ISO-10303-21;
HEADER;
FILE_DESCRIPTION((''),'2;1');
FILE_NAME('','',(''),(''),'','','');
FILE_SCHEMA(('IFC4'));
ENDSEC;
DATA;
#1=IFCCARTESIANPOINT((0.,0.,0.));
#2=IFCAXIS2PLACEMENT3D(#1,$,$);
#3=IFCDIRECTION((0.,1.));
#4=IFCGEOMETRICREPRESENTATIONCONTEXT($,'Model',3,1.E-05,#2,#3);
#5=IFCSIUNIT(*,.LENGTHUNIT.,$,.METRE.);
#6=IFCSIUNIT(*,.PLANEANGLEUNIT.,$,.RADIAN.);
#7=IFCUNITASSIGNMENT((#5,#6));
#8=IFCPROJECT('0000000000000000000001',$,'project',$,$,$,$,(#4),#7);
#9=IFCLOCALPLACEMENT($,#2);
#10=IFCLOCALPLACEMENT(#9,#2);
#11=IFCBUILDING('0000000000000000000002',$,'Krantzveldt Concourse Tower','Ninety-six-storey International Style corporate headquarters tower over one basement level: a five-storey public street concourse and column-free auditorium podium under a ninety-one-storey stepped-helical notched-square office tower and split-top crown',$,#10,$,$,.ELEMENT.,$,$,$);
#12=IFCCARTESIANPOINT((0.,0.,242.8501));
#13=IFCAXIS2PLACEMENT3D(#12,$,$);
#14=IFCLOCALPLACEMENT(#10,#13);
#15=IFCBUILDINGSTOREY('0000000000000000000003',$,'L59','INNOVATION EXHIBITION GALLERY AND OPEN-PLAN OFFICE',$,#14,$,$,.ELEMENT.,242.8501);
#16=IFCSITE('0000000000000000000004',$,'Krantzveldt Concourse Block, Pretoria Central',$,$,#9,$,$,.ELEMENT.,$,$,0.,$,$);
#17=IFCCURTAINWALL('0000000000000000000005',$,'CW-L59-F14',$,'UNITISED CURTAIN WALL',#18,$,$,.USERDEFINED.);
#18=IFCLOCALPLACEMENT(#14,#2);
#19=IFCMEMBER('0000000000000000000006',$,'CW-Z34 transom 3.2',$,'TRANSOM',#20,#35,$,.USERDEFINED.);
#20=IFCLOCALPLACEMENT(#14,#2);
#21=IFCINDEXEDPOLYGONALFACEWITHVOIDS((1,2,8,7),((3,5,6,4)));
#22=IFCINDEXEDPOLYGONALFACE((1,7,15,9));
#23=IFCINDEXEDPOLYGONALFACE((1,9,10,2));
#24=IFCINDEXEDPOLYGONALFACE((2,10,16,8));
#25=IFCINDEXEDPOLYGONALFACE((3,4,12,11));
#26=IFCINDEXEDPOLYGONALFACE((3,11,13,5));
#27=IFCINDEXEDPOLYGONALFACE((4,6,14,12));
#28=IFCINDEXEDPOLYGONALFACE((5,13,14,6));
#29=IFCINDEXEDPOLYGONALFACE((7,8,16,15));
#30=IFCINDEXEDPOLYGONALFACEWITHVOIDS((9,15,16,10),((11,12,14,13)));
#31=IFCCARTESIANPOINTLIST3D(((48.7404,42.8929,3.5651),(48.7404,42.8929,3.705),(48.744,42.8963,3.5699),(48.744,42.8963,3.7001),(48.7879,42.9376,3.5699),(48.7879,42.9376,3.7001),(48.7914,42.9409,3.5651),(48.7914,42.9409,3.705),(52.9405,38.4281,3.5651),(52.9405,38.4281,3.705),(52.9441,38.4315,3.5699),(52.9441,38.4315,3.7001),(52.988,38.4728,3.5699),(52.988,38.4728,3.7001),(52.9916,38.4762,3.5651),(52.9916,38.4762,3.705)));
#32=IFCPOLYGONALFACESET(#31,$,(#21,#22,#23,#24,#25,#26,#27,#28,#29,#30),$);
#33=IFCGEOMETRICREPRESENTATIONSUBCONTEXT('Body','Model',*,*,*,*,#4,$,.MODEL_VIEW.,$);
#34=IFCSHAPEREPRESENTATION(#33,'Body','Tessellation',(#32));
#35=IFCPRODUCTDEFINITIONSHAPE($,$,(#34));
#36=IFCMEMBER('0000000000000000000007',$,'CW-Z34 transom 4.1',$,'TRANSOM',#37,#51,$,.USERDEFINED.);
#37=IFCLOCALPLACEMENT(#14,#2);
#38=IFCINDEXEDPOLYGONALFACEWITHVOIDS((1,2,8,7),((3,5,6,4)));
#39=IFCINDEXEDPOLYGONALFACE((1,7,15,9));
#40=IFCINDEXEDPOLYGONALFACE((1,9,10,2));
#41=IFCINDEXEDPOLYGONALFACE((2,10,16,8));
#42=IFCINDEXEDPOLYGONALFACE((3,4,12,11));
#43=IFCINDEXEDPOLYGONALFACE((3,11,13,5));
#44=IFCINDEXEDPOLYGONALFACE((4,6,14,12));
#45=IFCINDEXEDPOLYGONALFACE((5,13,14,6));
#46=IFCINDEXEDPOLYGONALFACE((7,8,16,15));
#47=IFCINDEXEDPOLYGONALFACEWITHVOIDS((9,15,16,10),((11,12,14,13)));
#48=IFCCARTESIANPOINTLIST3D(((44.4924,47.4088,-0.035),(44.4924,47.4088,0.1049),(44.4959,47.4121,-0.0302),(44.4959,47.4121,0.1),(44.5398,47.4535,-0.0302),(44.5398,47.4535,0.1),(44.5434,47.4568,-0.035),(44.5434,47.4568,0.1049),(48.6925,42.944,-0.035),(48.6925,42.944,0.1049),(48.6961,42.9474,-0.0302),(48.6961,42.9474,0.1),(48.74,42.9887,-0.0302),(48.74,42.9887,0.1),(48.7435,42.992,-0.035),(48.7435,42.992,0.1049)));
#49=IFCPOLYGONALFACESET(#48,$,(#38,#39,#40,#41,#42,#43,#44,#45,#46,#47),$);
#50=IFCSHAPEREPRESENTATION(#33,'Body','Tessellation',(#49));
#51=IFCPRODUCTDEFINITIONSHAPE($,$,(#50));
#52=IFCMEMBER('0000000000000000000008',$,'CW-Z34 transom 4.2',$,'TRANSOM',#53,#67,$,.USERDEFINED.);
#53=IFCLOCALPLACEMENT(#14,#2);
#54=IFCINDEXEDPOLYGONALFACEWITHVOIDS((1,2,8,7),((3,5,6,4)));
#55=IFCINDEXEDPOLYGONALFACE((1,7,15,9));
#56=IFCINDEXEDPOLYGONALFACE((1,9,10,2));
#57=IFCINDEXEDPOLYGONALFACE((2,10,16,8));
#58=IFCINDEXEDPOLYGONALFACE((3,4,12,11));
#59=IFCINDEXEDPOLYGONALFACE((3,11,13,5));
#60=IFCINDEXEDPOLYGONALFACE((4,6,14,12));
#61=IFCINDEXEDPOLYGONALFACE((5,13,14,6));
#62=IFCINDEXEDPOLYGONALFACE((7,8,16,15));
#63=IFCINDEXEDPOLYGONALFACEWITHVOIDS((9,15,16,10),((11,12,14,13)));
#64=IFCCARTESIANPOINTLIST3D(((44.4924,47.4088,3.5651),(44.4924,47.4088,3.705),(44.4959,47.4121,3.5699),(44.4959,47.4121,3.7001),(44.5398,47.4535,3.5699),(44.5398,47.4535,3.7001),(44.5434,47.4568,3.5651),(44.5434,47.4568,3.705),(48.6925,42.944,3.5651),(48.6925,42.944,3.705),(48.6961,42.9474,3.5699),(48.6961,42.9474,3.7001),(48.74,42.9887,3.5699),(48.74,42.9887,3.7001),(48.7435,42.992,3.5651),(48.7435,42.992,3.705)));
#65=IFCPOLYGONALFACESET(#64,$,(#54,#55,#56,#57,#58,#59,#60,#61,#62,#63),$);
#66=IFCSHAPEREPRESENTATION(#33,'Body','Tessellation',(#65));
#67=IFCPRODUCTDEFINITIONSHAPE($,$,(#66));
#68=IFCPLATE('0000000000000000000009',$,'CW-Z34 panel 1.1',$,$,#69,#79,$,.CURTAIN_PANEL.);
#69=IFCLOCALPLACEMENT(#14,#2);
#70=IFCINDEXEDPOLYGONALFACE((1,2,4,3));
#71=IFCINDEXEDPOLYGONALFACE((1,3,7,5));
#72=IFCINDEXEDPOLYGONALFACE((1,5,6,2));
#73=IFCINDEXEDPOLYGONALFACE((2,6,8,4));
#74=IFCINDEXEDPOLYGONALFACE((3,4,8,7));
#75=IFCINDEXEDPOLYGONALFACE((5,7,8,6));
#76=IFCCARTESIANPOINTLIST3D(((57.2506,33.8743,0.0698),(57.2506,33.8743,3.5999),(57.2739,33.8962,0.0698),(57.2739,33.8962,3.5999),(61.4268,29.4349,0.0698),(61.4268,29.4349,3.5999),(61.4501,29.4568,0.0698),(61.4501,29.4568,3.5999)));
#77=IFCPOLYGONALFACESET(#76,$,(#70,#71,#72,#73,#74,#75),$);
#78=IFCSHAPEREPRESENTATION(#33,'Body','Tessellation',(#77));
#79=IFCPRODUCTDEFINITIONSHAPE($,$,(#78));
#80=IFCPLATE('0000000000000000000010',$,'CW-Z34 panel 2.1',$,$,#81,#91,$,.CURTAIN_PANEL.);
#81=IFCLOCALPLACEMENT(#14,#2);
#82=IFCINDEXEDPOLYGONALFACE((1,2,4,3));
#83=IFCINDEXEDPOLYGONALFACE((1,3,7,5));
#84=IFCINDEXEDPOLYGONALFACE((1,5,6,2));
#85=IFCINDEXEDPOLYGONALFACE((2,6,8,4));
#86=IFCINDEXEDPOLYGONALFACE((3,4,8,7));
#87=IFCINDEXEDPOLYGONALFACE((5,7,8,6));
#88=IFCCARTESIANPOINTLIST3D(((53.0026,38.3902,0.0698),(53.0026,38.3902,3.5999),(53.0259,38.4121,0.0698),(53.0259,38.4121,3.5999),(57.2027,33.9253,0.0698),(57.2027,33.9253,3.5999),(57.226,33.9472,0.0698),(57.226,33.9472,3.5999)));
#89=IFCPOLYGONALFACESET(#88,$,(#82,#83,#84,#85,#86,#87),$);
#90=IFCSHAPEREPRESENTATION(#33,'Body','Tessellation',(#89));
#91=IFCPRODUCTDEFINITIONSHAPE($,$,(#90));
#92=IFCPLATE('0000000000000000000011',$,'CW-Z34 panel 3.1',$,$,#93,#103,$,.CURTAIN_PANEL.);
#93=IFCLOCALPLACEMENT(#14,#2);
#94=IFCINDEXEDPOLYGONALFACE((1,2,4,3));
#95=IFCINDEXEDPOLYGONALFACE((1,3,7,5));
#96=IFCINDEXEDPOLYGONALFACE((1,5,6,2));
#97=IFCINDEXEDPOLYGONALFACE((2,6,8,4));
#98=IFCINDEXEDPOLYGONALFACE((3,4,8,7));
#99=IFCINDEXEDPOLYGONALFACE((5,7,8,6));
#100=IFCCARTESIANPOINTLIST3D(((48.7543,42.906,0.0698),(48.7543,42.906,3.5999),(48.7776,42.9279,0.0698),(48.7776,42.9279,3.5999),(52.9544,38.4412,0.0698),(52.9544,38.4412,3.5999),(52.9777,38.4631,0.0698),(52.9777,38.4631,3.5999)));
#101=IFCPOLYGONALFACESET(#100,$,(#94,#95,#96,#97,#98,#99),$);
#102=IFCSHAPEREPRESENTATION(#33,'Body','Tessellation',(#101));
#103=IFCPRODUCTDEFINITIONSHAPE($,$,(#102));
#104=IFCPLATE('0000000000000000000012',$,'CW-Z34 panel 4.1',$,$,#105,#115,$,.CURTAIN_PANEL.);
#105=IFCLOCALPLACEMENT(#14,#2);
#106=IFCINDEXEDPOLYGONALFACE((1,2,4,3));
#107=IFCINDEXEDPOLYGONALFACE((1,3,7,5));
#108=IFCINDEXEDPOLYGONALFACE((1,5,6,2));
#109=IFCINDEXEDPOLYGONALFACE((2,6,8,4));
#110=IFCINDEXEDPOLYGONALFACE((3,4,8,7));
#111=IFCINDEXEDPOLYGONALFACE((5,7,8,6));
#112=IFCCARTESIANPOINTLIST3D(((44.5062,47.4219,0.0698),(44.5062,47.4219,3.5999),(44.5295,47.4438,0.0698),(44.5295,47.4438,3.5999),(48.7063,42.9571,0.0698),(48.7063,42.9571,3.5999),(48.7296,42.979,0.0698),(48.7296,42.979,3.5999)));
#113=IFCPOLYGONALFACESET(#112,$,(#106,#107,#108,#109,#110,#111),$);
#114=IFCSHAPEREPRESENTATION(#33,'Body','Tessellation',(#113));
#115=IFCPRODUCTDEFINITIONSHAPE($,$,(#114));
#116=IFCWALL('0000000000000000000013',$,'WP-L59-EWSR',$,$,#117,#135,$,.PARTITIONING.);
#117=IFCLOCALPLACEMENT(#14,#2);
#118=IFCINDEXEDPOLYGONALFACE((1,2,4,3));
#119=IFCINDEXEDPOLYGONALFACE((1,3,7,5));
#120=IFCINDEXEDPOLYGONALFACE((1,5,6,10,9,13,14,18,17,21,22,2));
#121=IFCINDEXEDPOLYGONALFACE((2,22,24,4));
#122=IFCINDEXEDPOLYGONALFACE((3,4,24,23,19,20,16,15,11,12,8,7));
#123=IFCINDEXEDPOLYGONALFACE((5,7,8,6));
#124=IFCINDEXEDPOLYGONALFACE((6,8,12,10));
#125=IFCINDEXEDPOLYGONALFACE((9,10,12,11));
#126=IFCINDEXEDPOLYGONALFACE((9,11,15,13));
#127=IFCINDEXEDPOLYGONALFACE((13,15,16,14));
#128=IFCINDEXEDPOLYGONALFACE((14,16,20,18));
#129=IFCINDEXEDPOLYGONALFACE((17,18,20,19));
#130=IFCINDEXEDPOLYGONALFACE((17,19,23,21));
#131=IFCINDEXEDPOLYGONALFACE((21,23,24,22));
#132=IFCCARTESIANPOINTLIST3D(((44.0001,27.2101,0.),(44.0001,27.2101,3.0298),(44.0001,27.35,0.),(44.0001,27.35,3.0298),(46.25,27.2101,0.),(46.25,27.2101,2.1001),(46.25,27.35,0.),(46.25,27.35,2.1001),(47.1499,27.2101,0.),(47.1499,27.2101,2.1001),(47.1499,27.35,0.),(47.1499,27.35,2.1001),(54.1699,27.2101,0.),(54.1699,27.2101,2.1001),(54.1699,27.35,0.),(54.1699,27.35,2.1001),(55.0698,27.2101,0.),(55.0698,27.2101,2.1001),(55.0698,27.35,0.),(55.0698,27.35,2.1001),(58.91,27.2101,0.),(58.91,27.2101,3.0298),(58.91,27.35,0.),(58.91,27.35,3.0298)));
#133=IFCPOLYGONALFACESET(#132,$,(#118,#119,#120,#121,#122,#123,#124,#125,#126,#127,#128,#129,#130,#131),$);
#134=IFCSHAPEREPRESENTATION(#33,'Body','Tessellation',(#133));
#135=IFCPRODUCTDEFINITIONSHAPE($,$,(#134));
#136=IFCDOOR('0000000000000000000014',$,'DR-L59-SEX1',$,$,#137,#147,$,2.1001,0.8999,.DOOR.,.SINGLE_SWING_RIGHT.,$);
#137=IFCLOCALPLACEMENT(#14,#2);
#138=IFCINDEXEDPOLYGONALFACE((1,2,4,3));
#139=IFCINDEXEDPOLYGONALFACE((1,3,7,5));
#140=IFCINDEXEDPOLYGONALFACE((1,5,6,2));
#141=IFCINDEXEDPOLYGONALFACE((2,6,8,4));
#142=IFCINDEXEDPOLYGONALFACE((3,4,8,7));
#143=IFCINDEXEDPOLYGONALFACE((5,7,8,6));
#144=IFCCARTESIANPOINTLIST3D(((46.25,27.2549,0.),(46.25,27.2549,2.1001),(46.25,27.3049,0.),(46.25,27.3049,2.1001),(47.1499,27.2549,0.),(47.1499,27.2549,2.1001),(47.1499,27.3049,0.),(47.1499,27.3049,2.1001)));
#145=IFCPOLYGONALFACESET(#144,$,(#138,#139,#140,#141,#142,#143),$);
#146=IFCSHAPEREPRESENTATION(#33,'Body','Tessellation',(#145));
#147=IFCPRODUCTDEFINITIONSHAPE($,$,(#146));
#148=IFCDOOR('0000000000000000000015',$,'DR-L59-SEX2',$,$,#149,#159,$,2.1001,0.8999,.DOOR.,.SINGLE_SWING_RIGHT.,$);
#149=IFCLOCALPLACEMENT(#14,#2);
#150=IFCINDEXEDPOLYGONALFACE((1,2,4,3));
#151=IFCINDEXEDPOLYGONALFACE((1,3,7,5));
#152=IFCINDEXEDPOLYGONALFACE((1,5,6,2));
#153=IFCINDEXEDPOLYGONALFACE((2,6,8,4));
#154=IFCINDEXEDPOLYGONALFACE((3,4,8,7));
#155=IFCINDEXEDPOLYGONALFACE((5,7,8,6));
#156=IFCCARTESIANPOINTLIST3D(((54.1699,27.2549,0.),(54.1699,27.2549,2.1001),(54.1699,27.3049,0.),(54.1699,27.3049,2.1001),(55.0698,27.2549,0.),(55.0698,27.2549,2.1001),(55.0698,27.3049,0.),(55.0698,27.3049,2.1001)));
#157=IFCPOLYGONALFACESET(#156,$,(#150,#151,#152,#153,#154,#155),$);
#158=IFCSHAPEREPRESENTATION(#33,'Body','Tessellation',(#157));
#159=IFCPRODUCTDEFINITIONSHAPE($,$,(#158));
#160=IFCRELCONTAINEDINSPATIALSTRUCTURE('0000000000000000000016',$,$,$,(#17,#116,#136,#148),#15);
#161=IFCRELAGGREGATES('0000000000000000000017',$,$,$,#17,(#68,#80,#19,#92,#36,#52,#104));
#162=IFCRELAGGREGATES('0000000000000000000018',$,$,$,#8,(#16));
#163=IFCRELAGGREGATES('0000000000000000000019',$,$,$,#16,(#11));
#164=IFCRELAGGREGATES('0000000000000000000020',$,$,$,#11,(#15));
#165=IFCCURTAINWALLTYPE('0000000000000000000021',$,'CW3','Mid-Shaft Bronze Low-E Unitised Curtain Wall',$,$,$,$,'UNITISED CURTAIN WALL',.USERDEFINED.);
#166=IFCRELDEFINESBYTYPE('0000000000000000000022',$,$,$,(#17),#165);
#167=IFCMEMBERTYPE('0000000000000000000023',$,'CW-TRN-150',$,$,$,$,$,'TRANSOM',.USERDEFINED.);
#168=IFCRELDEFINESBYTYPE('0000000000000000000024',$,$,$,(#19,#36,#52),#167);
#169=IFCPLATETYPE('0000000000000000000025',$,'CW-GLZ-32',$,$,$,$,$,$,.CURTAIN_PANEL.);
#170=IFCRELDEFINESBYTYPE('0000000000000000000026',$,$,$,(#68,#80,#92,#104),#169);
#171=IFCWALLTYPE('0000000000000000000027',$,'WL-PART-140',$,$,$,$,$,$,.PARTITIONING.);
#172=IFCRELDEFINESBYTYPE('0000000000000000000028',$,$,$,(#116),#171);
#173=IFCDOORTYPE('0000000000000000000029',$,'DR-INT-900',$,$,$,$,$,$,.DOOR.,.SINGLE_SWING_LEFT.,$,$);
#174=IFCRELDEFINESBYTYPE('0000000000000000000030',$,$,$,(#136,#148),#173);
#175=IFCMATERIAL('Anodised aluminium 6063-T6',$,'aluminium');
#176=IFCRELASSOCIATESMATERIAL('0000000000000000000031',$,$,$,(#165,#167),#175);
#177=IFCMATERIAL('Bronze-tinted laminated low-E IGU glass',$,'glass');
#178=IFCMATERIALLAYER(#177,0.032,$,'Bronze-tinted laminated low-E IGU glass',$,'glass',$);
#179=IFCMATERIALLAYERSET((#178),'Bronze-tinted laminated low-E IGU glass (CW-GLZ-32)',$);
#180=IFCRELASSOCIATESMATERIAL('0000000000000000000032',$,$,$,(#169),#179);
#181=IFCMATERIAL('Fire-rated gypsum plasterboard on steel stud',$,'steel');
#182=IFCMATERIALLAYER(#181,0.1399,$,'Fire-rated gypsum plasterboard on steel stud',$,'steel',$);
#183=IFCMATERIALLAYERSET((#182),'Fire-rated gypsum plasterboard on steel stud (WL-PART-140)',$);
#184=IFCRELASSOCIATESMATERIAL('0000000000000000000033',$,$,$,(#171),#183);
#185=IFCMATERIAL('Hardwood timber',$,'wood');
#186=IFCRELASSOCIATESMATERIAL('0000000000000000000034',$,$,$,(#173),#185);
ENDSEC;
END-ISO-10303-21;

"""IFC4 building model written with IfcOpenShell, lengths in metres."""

from ifc_helpers import new_model, si_unit, direction, frame, frame_2d, origin, origin_2d, place, context, subcontext, project, spatial, rectangle, hollow_rectangle, extrude, source, transform, mapped, material, layer, layer_set, material_profile, profile_set, type_object, type_shapes, element, fill, aggregate, save


model = new_model("IFC4")

# Units and contexts
model_context = context("Model", 3, precision=1e-05, world=origin(), true_north=direction((0.0, 1.0)))
body_context = subcontext(model_context, "Body", "Model", "MODEL_VIEW")
ifc_project = project(units=[si_unit("LENGTHUNIT", "METRE"), si_unit("PLANEANGLEUNIT", "RADIAN")], contexts=[model_context])

# Site, building, storey
site_placement = place(None, origin())
site = spatial("IfcSite", under=ifc_project, at=site_placement, Name="Krantzveldt Concourse Block, Pretoria Central", CompositionType="ELEMENT", RefElevation=0.0)
building_placement = place(site_placement, origin())
building = spatial("IfcBuilding", under=site, at=building_placement, Name="Krantzveldt Concourse Tower", Description="Ninety-six-storey International Style corporate headquarters tower over one basement level: a five-storey public street concourse and column-free auditorium podium under a ninety-one-storey stepped-helical notched-square office tower and split-top crown", CompositionType="ELEMENT")
storey_placement = place(building_placement, frame((0.0, 0.0, 242.8501)))
storey = spatial("IfcBuildingStorey", under=building, at=storey_placement, Name="L59", Description="INNOVATION EXHIBITION GALLERY AND OPEN-PLAN OFFICE", CompositionType="ELEMENT", Elevation=242.8501)

# Curtain wall, members, plates
ifc_material_1 = material(Name="Anodised aluminium 6063-T6", Category="aluminium")
curtain_wall_type = type_object("IfcCurtainWallType", Name="CW3", Description="Mid-Shaft Bronze Low-E Unitised Curtain Wall", ElementType="UNITISED CURTAIN WALL", PredefinedType="USERDEFINED", material=ifc_material_1)
curtain_wall_placement = place(storey_placement, origin())
curtain_wall = element("IfcCurtainWall", 1, at=curtain_wall_placement, inside=storey, type_object=curtain_wall_type, Name="CW-L59-F14", ObjectType="UNITISED CURTAIN WALL", PredefinedType="USERDEFINED")
ifc_material_profile_1 = material_profile(ifc_material_1, hollow_rectangle(XDim=0.0701, YDim=0.1399, WallThickness=0.0049, at=origin_2d()), Name="Anodised aluminium 6063-T6", Category="aluminium")
ifc_profile_set_1 = profile_set([ifc_material_profile_1], Name="Anodised aluminium 6063-T6 - ALU-TRAN 140x70x5")
member_type_1 = type_object("IfcMemberType", Name="CW-TRN-150", ElementType="TRANSOM", PredefinedType="USERDEFINED", material=ifc_profile_set_1)
shared_shape_1 = source(origin(), body_context, "Body", "SweptSolid", [
    extrude(hollow_rectangle(XDim=0.0701, YDim=0.1399, WallThickness=0.0049, at=origin_2d()), origin(), (0.0, 0.0, 1.0), 6.1299),
])
member_1_placement = place(storey_placement, frame((52.9661, 38.4521, 3.635), z_axis=(-0.685191, 0.728364, 0.0), x_axis=(-0.728364, -0.685191, 0.0)))
member_1 = element("IfcMember", 2, at=member_1_placement, type_object=member_type_1, Name="CW-Z34 transom 3.2", ObjectType="TRANSOM", PredefinedType="USERDEFINED", context=body_context, shape_type="MappedRepresentation", body=[
    mapped(shared_shape_1, transform((0.0, 0.0, 0.0), x_axis=(1.0, 0.0, 0.0), y_axis=(0.0, 1.0, 0.0), z_axis=(0.0, 0.0, 1.0), scale=1.0)),
])
member_2_placement = place(storey_placement, frame((48.718, 42.968, 0.0349), z_axis=(-0.685191, 0.728364, 0.0), x_axis=(-0.728364, -0.685191, 0.0)))
member_2 = element("IfcMember", 3, at=member_2_placement, type_object=member_type_1, Name="CW-Z34 transom 4.1", ObjectType="TRANSOM", PredefinedType="USERDEFINED", context=body_context, shape_type="MappedRepresentation", body=[
    mapped(shared_shape_1, transform((0.0, 0.0, 0.0), x_axis=(1.0, 0.0, 0.0), y_axis=(0.0, 1.0, 0.0), z_axis=(0.0, 0.0, 1.0), scale=1.0)),
])
member_3_placement = place(storey_placement, frame((48.718, 42.968, 3.635), z_axis=(-0.685191, 0.728364, 0.0), x_axis=(-0.728364, -0.685191, 0.0)))
member_3 = element("IfcMember", 4, at=member_3_placement, type_object=member_type_1, Name="CW-Z34 transom 4.2", ObjectType="TRANSOM", PredefinedType="USERDEFINED", context=body_context, shape_type="MappedRepresentation", body=[
    mapped(shared_shape_1, transform((0.0, 0.0, 0.0), x_axis=(1.0, 0.0, 0.0), y_axis=(0.0, 1.0, 0.0), z_axis=(0.0, 0.0, 1.0), scale=1.0)),
])
ifc_material_2 = material(Name="Bronze-tinted laminated low-E IGU glass", Category="glass")
ifc_layer_1 = layer(ifc_material_2, 0.032, Name="Bronze-tinted laminated low-E IGU glass", Category="glass")
ifc_layer_set_1 = layer_set([ifc_layer_1], Name="Bronze-tinted laminated low-E IGU glass (CW-GLZ-32)")
plate_type = type_object("IfcPlateType", Name="CW-GLZ-32", PredefinedType="CURTAIN_PANEL", material=ifc_layer_set_1)
shared_shape_2 = source(origin(), body_context, "Body", "SweptSolid", [
    extrude(rectangle(XDim=6.095, YDim=0.032, at=origin_2d()), origin(), (0.0, 0.0, 1.0), 3.53),
])
plate_1_placement = place(storey_placement, frame((59.3503, 31.6655, 0.0698), z_axis=(0.0, 0.0, 1.0), x_axis=(-0.685183, 0.728371, 0.0)))
plate_1 = element("IfcPlate", 5, at=plate_1_placement, type_object=plate_type, Name="CW-Z34 panel 1.1", PredefinedType="CURTAIN_PANEL", context=body_context, shape_type="MappedRepresentation", body=[
    mapped(shared_shape_2, transform((0.0, 0.0, 0.0), x_axis=(1.0, 0.0, 0.0), y_axis=(0.0, 1.0, 0.0), z_axis=(0.0, 0.0, 1.0), scale=1.0)),
])
shared_shape_3 = source(origin(), body_context, "Body", "SweptSolid", [
    extrude(rectangle(XDim=6.1299, YDim=0.032, at=origin_2d()), origin(), (0.0, 0.0, 1.0), 3.53),
])
type_shapes(plate_type, [shared_shape_2, shared_shape_3])
plate_2_placement = place(storey_placement, frame((55.1143, 36.1687, 0.0698), z_axis=(0.0, 0.0, 1.0), x_axis=(-0.685183, 0.728371, 0.0)))
plate_2 = element("IfcPlate", 6, at=plate_2_placement, type_object=plate_type, Name="CW-Z34 panel 2.1", PredefinedType="CURTAIN_PANEL", context=body_context, shape_type="MappedRepresentation", body=[
    mapped(shared_shape_3, transform((0.0, 0.0, 0.0), x_axis=(1.0, 0.0, 0.0), y_axis=(0.0, 1.0, 0.0), z_axis=(0.0, 0.0, 1.0), scale=1.0)),
])
plate_3_placement = place(storey_placement, frame((50.866, 40.6846, 0.0698), z_axis=(0.0, 0.0, 1.0), x_axis=(-0.685183, 0.728371, 0.0)))
plate_3 = element("IfcPlate", 7, at=plate_3_placement, type_object=plate_type, Name="CW-Z34 panel 3.1", PredefinedType="CURTAIN_PANEL", context=body_context, shape_type="MappedRepresentation", body=[
    mapped(shared_shape_3, transform((0.0, 0.0, 0.0), x_axis=(1.0, 0.0, 0.0), y_axis=(0.0, 1.0, 0.0), z_axis=(0.0, 0.0, 1.0), scale=1.0)),
])
plate_4_placement = place(storey_placement, frame((46.6179, 45.2004, 0.0698), z_axis=(0.0, 0.0, 1.0), x_axis=(-0.685183, 0.728371, 0.0)))
plate_4 = element("IfcPlate", 8, at=plate_4_placement, type_object=plate_type, Name="CW-Z34 panel 4.1", PredefinedType="CURTAIN_PANEL", context=body_context, shape_type="MappedRepresentation", body=[
    mapped(shared_shape_3, transform((0.0, 0.0, 0.0), x_axis=(1.0, 0.0, 0.0), y_axis=(0.0, 1.0, 0.0), z_axis=(0.0, 0.0, 1.0), scale=1.0)),
])
aggregate(curtain_wall, [plate_1, plate_2, member_1, plate_3, member_2, member_3, plate_4])

# Wall, openings, doors
ifc_material_3 = material(Name="Fire-rated gypsum plasterboard on steel stud", Category="steel")
ifc_layer_2 = layer(ifc_material_3, 0.1399, Name="Fire-rated gypsum plasterboard on steel stud", Category="steel")
ifc_layer_set_2 = layer_set([ifc_layer_2], Name="Fire-rated gypsum plasterboard on steel stud (WL-PART-140)")
wall_type = type_object("IfcWallType", Name="WL-PART-140", PredefinedType="PARTITIONING", material=ifc_layer_set_2)
wall_placement = place(storey_placement, frame((44.0, 27.28, 0.0), z_axis=(0.0, 0.0, 1.0), x_axis=(1.0, 0.0, 0.0)))
wall = element("IfcWall", 9, at=wall_placement, inside=storey, type_object=wall_type, Name="WP-L59-EWSR", PredefinedType="PARTITIONING", context=body_context, shape_type="SweptSolid", body=[
    extrude(rectangle(XDim=14.9099, YDim=0.1399, at=frame_2d((7.4551, 0.0))), origin(), (0.0, 0.0, 1.0), 3.0298),
])
opening_1_placement = place(wall_placement, frame((2.25, 0.0, 0.0)))
opening_1 = element("IfcOpeningElement", 10, at=opening_1_placement, cuts=wall, PredefinedType="OPENING", context=body_context, shape_type="SweptSolid", body=[
    extrude(rectangle(XDim=0.8999, YDim=2.1001, at=frame_2d((0.45, 1.05))), frame((0.0, 0.0801, 0.0), z_axis=(0.0, -1.0, 0.0), x_axis=(1.0, 0.0, 0.0)), (0.0, 0.0, 1.0), 0.1599),
])
opening_2_placement = place(wall_placement, frame((10.1699, 0.0, 0.0)))
opening_2 = element("IfcOpeningElement", 11, at=opening_2_placement, cuts=wall, PredefinedType="OPENING", context=body_context, shape_type="SweptSolid", body=[
    extrude(rectangle(XDim=0.8999, YDim=2.1001, at=frame_2d((0.45, 1.05))), frame((0.0, 0.0801, 0.0), z_axis=(0.0, -1.0, 0.0), x_axis=(1.0, 0.0, 0.0)), (0.0, 0.0, 1.0), 0.1599),
])
ifc_material_4 = material(Name="Hardwood timber", Category="wood")
door_type = type_object("IfcDoorType", Name="DR-INT-900", OperationType="SINGLE_SWING_LEFT", PredefinedType="DOOR", material=ifc_material_4)
door_1_placement = place(opening_1_placement, origin())
door_1 = element("IfcDoor", 12, at=door_1_placement, inside=storey, type_object=door_type, Name="DR-L59-SEX1", OperationType="SINGLE_SWING_RIGHT", OverallHeight=2.1001, OverallWidth=0.8999, PredefinedType="DOOR", context=body_context, shape_type="SweptSolid", body=[
    extrude(rectangle(XDim=0.8999, YDim=2.1001, at=frame_2d((0.45, 1.05))), frame((0.0, 0.0249, 0.0), z_axis=(0.0, -1.0, 0.0), x_axis=(1.0, 0.0, 0.0)), (0.0, 0.0, 1.0), 0.05),
])
fill(opening_1, door_1)
door_2_placement = place(opening_2_placement, origin())
door_2 = element("IfcDoor", 13, at=door_2_placement, inside=storey, type_object=door_type, Name="DR-L59-SEX2", OperationType="SINGLE_SWING_RIGHT", OverallHeight=2.1001, OverallWidth=0.8999, PredefinedType="DOOR", context=body_context, shape_type="SweptSolid", body=[
    extrude(rectangle(XDim=0.8999, YDim=2.1001, at=frame_2d((0.45, 1.05))), frame((0.0, 0.0249, 0.0), z_axis=(0.0, -1.0, 0.0), x_axis=(1.0, 0.0, 0.0)), (0.0, 0.0, 1.0), 0.05),
])
fill(opening_2, door_2)

save(model, "model.ifc")
